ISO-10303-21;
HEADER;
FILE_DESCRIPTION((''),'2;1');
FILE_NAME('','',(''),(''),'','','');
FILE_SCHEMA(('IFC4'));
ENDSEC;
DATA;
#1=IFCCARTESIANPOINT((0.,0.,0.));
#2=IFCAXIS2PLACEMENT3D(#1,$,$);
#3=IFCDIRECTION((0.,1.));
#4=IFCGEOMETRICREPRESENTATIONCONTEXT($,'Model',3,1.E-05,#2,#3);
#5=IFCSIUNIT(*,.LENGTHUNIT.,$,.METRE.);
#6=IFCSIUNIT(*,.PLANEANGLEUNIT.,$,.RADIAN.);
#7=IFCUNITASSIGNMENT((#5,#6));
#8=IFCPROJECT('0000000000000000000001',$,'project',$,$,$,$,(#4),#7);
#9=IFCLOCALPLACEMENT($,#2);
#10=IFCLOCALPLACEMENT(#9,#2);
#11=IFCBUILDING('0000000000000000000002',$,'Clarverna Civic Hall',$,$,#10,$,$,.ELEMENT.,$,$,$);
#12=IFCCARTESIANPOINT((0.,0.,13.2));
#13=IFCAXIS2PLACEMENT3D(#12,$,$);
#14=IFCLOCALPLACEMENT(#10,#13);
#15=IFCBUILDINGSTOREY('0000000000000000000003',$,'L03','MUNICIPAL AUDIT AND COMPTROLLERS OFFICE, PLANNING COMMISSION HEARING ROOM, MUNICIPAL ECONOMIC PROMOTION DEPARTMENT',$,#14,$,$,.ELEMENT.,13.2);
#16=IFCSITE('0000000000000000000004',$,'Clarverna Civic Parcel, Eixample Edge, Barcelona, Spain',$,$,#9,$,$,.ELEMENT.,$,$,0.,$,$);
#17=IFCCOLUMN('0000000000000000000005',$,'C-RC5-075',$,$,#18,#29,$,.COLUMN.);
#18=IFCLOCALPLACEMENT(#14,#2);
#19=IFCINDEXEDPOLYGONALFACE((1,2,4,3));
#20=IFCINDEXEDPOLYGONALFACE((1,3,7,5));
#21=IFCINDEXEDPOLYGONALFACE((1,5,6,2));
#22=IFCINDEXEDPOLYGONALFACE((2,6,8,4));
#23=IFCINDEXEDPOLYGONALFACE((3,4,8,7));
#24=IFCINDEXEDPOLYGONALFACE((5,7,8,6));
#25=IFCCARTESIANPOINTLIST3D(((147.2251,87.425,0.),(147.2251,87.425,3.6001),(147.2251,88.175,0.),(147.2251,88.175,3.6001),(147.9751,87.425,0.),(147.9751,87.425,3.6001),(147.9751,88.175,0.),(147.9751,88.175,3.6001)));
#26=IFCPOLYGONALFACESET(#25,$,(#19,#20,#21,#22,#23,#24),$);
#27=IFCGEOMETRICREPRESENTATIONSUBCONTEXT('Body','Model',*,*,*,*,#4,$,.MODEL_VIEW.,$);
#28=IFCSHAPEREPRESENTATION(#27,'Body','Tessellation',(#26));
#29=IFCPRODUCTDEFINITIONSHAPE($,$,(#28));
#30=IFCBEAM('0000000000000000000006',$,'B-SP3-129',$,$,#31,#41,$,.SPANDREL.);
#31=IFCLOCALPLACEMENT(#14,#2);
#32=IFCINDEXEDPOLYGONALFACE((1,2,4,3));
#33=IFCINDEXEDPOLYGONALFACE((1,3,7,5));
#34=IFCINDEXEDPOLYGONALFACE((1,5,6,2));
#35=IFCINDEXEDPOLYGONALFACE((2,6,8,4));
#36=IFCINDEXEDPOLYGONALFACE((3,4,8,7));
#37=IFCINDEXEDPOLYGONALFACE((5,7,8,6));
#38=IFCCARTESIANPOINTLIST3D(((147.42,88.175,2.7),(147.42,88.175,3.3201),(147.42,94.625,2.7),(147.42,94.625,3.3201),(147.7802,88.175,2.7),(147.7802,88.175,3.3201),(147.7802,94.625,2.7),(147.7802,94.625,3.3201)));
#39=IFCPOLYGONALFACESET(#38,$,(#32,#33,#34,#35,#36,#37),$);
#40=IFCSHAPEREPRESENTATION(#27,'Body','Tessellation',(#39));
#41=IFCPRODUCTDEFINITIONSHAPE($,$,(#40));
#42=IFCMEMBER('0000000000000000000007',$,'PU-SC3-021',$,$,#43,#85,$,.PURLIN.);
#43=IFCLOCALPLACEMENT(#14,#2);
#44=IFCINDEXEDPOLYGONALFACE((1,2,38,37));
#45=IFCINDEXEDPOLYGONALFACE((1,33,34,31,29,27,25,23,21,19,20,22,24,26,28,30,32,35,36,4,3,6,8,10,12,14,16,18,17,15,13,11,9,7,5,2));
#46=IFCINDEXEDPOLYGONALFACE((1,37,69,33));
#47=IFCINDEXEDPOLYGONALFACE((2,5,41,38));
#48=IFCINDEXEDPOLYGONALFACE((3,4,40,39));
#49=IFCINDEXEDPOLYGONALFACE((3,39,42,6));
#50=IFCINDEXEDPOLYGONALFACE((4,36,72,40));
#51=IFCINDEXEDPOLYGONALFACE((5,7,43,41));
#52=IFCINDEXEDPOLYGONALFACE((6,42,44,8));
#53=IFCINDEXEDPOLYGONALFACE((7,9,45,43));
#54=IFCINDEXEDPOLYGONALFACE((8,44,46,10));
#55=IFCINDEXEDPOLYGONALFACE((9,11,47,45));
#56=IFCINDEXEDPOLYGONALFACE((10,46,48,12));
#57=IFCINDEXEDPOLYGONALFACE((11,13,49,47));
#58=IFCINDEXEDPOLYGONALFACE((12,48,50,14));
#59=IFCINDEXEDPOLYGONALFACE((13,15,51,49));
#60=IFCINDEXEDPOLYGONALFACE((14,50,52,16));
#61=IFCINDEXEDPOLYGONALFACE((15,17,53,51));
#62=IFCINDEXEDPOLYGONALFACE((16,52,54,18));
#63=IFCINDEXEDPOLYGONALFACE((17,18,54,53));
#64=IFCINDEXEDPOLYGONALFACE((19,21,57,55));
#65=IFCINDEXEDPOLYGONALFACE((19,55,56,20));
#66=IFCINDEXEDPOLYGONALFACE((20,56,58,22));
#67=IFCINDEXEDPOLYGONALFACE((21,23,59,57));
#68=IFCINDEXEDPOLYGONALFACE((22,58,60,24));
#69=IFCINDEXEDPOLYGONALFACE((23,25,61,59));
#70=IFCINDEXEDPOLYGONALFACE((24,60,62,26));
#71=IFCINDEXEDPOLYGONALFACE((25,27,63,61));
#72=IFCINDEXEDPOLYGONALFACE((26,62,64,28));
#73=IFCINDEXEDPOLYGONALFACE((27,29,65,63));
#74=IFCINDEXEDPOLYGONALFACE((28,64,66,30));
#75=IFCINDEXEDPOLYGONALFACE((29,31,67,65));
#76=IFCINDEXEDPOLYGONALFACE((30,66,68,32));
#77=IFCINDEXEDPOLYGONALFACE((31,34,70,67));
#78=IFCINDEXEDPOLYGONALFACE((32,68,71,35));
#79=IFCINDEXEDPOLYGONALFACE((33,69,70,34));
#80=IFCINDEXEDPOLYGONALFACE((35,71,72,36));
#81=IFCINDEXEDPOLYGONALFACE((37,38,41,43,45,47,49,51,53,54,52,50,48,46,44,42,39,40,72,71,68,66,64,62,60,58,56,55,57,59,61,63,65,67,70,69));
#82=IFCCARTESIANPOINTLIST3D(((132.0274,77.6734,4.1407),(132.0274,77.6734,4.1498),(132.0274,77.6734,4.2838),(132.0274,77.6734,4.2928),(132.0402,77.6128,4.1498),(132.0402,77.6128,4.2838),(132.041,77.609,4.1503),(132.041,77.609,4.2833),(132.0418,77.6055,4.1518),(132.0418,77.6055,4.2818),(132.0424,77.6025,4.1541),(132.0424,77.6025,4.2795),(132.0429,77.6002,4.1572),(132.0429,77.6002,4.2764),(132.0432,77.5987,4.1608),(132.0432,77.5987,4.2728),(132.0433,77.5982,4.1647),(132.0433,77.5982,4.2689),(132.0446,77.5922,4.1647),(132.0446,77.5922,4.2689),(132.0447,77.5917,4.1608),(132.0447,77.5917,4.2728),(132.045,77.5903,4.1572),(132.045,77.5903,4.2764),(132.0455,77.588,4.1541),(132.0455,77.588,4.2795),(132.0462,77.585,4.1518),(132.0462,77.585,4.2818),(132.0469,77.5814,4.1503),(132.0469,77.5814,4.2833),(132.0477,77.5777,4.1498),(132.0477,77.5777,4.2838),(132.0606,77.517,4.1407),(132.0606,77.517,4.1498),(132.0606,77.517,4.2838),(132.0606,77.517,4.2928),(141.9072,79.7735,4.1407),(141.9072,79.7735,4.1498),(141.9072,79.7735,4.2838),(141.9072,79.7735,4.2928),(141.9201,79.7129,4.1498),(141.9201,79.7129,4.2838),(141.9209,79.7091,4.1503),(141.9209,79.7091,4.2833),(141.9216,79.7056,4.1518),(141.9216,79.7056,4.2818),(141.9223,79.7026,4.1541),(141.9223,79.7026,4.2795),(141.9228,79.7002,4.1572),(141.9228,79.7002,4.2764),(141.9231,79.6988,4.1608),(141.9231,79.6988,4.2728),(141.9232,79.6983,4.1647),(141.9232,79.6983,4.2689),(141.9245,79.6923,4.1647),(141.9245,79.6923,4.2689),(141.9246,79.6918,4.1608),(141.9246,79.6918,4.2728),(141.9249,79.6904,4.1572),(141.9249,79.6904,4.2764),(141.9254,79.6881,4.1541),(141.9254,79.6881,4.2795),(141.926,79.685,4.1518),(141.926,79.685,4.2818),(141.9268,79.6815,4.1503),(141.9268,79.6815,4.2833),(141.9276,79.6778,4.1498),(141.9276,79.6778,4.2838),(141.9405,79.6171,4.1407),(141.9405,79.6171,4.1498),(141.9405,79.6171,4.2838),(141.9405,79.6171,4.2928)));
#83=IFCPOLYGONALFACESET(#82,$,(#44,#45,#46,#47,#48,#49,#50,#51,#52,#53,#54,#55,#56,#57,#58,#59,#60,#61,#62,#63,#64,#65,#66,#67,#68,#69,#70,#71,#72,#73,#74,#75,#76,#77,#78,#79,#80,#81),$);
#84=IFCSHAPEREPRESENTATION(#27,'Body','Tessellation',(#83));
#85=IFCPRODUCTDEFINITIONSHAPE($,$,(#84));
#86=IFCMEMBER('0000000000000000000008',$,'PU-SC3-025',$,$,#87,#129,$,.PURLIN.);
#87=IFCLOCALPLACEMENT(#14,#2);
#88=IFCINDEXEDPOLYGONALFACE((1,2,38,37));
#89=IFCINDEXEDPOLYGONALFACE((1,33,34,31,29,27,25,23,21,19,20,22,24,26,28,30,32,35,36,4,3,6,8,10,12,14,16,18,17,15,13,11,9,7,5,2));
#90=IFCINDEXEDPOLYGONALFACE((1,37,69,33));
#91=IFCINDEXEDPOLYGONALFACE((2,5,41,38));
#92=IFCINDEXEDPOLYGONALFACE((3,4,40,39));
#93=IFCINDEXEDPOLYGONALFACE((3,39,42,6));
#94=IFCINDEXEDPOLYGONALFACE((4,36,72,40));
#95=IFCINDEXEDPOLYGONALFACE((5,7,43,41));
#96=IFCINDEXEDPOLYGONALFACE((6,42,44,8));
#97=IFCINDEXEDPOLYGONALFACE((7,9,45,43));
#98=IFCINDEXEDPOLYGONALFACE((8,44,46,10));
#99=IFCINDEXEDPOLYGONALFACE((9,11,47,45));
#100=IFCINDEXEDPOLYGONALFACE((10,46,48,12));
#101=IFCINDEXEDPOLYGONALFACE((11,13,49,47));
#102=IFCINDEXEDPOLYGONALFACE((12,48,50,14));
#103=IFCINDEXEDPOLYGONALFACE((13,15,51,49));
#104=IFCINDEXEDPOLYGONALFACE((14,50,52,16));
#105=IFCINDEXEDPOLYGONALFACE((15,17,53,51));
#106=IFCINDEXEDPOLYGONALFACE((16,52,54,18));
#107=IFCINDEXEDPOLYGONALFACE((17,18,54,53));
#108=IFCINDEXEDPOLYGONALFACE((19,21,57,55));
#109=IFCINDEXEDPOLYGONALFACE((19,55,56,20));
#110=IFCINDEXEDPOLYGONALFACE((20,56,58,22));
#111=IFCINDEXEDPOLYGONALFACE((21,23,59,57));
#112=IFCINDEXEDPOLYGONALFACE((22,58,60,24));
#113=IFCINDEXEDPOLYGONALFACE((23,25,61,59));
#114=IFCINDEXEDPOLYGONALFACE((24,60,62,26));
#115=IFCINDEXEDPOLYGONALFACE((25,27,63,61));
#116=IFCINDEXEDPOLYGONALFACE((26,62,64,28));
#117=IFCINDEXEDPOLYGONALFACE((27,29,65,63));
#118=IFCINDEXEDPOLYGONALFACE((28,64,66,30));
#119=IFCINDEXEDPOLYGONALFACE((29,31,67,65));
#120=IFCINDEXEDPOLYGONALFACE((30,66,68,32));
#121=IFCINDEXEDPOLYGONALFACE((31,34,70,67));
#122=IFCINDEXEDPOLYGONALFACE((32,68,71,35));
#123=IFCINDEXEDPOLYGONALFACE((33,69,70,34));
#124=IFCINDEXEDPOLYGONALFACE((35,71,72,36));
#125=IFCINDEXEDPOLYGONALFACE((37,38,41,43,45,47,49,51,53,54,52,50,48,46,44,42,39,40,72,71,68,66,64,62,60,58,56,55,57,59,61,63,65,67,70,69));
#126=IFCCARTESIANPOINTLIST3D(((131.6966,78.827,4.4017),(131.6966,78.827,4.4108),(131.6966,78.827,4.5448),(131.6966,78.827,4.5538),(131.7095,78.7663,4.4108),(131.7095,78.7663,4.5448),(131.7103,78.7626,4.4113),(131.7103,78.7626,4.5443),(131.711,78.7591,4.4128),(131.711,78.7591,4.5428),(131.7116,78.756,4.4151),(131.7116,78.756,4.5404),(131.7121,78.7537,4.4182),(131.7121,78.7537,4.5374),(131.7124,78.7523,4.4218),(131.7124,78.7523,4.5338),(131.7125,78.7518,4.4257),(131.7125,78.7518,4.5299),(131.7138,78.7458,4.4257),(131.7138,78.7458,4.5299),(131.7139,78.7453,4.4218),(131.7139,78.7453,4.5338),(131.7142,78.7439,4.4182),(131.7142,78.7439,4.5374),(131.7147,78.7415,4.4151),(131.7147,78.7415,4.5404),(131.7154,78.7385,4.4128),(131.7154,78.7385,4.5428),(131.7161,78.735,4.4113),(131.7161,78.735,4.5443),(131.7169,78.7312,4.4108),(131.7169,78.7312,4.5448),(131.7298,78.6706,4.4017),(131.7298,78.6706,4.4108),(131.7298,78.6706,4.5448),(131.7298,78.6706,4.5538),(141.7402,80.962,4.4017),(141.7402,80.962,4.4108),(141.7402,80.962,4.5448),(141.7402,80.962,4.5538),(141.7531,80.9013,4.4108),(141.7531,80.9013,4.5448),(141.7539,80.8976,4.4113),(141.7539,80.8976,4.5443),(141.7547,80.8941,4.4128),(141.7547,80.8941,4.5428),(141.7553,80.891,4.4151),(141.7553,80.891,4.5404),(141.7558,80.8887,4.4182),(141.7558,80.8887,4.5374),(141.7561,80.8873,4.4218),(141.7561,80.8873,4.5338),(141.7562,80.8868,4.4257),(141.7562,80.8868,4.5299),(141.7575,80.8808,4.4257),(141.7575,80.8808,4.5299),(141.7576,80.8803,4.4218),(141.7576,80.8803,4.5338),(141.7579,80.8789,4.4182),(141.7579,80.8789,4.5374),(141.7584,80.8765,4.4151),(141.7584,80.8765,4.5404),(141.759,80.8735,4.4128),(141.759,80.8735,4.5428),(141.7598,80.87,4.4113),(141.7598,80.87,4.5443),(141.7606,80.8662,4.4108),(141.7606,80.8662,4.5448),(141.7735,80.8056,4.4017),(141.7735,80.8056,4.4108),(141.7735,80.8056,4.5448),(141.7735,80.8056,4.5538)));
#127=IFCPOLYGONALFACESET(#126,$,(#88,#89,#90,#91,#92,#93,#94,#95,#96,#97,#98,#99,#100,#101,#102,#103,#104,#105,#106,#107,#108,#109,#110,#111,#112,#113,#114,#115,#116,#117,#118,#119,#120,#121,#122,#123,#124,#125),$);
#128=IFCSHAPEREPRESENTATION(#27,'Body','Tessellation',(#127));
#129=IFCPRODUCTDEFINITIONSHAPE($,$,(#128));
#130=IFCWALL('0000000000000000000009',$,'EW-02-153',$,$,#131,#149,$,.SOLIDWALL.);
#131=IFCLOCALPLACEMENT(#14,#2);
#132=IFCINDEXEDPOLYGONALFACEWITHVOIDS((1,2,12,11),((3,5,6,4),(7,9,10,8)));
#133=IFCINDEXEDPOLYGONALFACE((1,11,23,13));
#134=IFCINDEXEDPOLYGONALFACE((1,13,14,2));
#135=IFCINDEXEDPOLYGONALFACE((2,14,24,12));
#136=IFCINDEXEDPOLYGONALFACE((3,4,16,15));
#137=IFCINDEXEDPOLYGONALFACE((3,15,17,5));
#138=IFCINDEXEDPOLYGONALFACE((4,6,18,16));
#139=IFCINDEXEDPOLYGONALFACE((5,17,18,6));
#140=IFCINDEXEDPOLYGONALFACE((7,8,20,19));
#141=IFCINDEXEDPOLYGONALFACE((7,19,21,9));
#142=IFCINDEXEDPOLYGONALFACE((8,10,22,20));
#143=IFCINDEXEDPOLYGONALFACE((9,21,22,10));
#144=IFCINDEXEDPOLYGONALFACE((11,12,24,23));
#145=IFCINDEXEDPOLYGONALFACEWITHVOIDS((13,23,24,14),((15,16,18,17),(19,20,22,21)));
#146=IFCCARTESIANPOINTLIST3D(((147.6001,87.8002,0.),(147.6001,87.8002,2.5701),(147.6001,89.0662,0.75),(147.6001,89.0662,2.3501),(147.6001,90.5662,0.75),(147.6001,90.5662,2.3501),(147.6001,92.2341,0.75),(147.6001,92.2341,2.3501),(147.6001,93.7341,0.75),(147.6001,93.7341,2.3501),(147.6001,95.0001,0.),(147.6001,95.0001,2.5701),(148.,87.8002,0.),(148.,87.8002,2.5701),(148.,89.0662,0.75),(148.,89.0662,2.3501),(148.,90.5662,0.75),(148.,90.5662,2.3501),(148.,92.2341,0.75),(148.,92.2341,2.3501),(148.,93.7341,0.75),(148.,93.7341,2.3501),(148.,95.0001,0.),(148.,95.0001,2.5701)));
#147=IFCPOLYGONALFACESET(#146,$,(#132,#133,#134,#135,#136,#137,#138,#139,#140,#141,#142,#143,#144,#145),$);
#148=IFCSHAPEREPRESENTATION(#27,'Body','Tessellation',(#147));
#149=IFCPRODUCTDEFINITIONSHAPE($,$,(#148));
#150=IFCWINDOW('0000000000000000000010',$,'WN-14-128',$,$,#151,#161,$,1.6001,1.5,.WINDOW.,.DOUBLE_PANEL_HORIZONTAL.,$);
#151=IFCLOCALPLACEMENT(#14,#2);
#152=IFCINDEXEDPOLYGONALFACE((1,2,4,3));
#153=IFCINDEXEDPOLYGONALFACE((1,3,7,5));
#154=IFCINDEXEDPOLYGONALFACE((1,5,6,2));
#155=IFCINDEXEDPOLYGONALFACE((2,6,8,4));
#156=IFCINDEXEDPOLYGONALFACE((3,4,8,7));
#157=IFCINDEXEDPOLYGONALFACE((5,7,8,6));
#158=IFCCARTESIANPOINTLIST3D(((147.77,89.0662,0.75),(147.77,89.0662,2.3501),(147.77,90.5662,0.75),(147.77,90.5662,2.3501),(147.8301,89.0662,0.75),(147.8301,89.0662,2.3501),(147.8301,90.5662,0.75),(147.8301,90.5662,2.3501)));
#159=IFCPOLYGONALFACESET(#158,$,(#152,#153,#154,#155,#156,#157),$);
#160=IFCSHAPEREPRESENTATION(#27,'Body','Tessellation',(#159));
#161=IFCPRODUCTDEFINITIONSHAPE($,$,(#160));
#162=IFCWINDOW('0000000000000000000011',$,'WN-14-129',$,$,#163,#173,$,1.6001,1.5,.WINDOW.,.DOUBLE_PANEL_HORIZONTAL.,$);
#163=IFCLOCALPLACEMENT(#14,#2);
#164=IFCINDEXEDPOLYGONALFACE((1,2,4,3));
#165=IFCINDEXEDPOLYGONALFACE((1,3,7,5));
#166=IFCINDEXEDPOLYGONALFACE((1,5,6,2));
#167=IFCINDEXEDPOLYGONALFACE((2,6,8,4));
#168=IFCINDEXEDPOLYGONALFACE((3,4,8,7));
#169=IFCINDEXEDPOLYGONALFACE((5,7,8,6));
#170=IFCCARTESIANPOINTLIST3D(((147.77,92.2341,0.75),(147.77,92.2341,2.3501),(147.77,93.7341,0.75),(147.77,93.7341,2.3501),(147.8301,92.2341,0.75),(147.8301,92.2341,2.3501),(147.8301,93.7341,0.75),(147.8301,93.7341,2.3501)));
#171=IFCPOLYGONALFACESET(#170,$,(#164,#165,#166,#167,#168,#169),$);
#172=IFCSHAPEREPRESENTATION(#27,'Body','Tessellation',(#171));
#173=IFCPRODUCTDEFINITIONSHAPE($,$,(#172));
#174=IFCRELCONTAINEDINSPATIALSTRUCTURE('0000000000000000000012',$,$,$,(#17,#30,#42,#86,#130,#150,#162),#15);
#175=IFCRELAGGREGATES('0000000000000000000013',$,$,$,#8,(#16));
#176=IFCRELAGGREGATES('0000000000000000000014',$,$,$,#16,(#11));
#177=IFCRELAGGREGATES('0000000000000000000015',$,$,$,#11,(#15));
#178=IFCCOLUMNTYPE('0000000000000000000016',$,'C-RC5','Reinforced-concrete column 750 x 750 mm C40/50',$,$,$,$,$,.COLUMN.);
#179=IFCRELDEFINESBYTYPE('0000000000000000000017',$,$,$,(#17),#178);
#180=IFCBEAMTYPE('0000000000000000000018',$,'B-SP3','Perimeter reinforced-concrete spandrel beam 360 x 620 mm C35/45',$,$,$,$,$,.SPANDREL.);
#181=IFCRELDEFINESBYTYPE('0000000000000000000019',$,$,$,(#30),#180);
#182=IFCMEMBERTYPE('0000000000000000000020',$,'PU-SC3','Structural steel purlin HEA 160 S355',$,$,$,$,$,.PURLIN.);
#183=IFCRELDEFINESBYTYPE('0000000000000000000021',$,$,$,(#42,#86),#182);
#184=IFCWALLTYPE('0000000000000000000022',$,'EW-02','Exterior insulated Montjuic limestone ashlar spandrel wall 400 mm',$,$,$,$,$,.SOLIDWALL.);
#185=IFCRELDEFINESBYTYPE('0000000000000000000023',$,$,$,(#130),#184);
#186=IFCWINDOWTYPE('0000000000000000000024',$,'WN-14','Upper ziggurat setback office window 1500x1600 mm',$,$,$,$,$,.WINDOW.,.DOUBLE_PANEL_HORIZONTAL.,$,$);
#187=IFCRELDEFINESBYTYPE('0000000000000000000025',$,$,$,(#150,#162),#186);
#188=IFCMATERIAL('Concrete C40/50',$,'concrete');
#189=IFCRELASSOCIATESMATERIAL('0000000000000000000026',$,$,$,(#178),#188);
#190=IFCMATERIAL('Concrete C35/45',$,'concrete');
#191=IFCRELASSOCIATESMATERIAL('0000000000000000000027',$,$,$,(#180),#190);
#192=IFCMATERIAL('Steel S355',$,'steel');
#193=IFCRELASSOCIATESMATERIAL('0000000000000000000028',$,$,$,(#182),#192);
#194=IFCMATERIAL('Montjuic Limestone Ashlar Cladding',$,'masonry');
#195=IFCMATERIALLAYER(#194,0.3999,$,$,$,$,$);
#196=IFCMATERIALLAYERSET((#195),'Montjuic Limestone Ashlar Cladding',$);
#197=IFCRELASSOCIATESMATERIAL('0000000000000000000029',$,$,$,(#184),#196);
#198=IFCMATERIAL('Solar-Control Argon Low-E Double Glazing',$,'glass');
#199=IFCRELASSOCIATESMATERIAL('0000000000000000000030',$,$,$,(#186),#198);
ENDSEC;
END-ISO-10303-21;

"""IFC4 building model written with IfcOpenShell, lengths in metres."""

from ifc_helpers import new_model, si_unit, direction, frame, frame_2d, origin, origin_2d, place, context, subcontext, project, spatial, rectangle, i_section, extrude, material, layer, layer_set, material_profile, profile_set, type_object, element, fill, save


model = new_model("IFC4")

# Units and contexts
model_context = context("Model", 3, precision=1e-05, world=origin(), true_north=direction((0.0, 1.0)))
body_context = subcontext(model_context, "Body", "Model", "MODEL_VIEW")
ifc_project = project(units=[si_unit("LENGTHUNIT", "METRE"), si_unit("PLANEANGLEUNIT", "RADIAN")], contexts=[model_context])

# Site, building, storey
site_placement = place(None, origin())
site = spatial("IfcSite", under=ifc_project, at=site_placement, Name="Clarverna Civic Parcel, Eixample Edge, Barcelona, Spain", CompositionType="ELEMENT", RefElevation=0.0)
building_placement = place(site_placement, origin())
building = spatial("IfcBuilding", under=site, at=building_placement, Name="Clarverna Civic Hall", CompositionType="ELEMENT")
storey_placement = place(building_placement, frame((0.0, 0.0, 13.2)))
storey = spatial("IfcBuildingStorey", under=building, at=storey_placement, Name="L03", Description="MUNICIPAL AUDIT AND COMPTROLLERS OFFICE, PLANNING COMMISSION HEARING ROOM, MUNICIPAL ECONOMIC PROMOTION DEPARTMENT", CompositionType="ELEMENT", Elevation=13.2)

# Column
ifc_material_1 = material(Name="Concrete C40/50", Category="concrete")
ifc_material_profile_1 = material_profile(ifc_material_1, rectangle(XDim=0.75, YDim=0.75, at=origin_2d()), Name="RC 750x750")
ifc_profile_set_1 = profile_set([ifc_material_profile_1], Name="Concrete C40/50")
column_type = type_object("IfcColumnType", Name="C-RC5", Description="Reinforced-concrete column 750 x 750 mm C40/50", PredefinedType="COLUMN", material=ifc_profile_set_1)
column_placement = place(storey_placement, frame((147.6001, 87.8, 0.0), z_axis=(0.0, 0.0, 1.0), x_axis=(1.0, 0.0, 0.0)))
element("IfcColumn", 1, at=column_placement, inside=storey, type_object=column_type, Name="C-RC5-075", PredefinedType="COLUMN", context=body_context, shape_type="SweptSolid", body=[
    extrude(rectangle(XDim=0.75, YDim=0.75, at=origin_2d()), origin(), (0.0, 0.0, 1.0), 3.6001),
])

# Beam
ifc_material_2 = material(Name="Concrete C35/45", Category="concrete")
ifc_material_profile_2 = material_profile(ifc_material_2, rectangle(XDim=0.3601, YDim=0.6201, at=origin_2d()), Name="RC 360x620")
ifc_profile_set_2 = profile_set([ifc_material_profile_2], Name="Concrete C35/45")
beam_type = type_object("IfcBeamType", Name="B-SP3", Description="Perimeter reinforced-concrete spandrel beam 360 x 620 mm C35/45", PredefinedType="SPANDREL", material=ifc_profile_set_2)
beam_placement = place(storey_placement, frame((147.6001, 88.175, 3.01), z_axis=(0.0, 1.0, 0.0), x_axis=(-1.0, 0.0, 0.0)))
element("IfcBeam", 2, at=beam_placement, inside=storey, type_object=beam_type, Name="B-SP3-129", PredefinedType="SPANDREL", context=body_context, shape_type="SweptSolid", body=[
    extrude(rectangle(XDim=0.3601, YDim=0.6201, at=origin_2d()), origin(), (0.0, 0.0, 1.0), 6.45),
])

# Members
ifc_material_3 = material(Name="Steel S355", Category="steel")
ifc_material_profile_3 = material_profile(ifc_material_3, i_section(OverallWidth=0.1599, OverallDepth=0.1521, WebThickness=0.0061, FlangeThickness=0.009, FilletRadius=0.0149, at=origin_2d()), Name="HEA 160")
ifc_profile_set_3 = profile_set([ifc_material_profile_3], Name="Steel S355")
member_type = type_object("IfcMemberType", Name="PU-SC3", Description="Structural steel purlin HEA 160 S355", PredefinedType="PURLIN", material=ifc_profile_set_3)
member_1_placement = place(storey_placement, frame((141.9238, 79.6953, 4.2168), z_axis=(-0.978146, -0.207918, 0.0), x_axis=(0.207918, -0.978146, 0.0)))
element("IfcMember", 3, at=member_1_placement, inside=storey, type_object=member_type, Name="PU-SC3-021", PredefinedType="PURLIN", context=body_context, shape_type="SweptSolid", body=[
    extrude(i_section(OverallWidth=0.1599, OverallDepth=0.1521, WebThickness=0.0061, FlangeThickness=0.009, FilletRadius=0.0149, at=origin_2d()), origin(), (0.0, 0.0, 1.0), 10.1006),
])
member_2_placement = place(storey_placement, frame((141.7568, 80.8838, 4.4778), z_axis=(-0.978145, -0.207926, 0.0), x_axis=(0.207926, -0.978145, 0.0)))
element("IfcMember", 4, at=member_2_placement, inside=storey, type_object=member_type, Name="PU-SC3-025", PredefinedType="PURLIN", context=body_context, shape_type="SweptSolid", body=[
    extrude(i_section(OverallWidth=0.1599, OverallDepth=0.1521, WebThickness=0.0061, FlangeThickness=0.009, FilletRadius=0.0149, at=origin_2d()), origin(), (0.0, 0.0, 1.0), 10.2681),
])

# Wall, openings, windows
ifc_material_4 = material(Name="Montjuic Limestone Ashlar Cladding", Category="masonry")
ifc_layer_1 = layer(ifc_material_4, 0.3999)
ifc_layer_set_1 = layer_set([ifc_layer_1], Name="Montjuic Limestone Ashlar Cladding")
wall_type = type_object("IfcWallType", Name="EW-02", Description="Exterior insulated Montjuic limestone ashlar spandrel wall 400 mm", PredefinedType="SOLIDWALL", material=ifc_layer_set_1)
wall_placement = place(storey_placement, frame((147.8, 87.8, 0.0), z_axis=(0.0, 0.0, 1.0), x_axis=(0.0, 1.0, 0.0)))
wall = element("IfcWall", 5, at=wall_placement, inside=storey, type_object=wall_type, Name="EW-02-153", PredefinedType="SOLIDWALL", context=body_context, shape_type="SweptSolid", body=[
    extrude(rectangle(XDim=7.2, YDim=0.3999, at=frame_2d((3.6001, 0.0))), origin(), (0.0, 0.0, 1.0), 2.5701),
])
opening_1_placement = place(wall_placement, frame((1.2661, 0.0, 0.75)))
opening_1 = element("IfcOpeningElement", 6, at=opening_1_placement, cuts=wall, PredefinedType="OPENING", context=body_context, shape_type="SweptSolid", body=[
    extrude(rectangle(XDim=1.5, YDim=1.6001, at=frame_2d((0.75, 0.8))), frame((0.0, 0.21, 0.0), z_axis=(0.0, -1.0, 0.0), x_axis=(1.0, 0.0, 0.0)), (0.0, 0.0, 1.0), 0.4199),
])
opening_2_placement = place(wall_placement, frame((4.4341, 0.0, 0.75)))
opening_2 = element("IfcOpeningElement", 7, at=opening_2_placement, cuts=wall, PredefinedType="OPENING", context=body_context, shape_type="SweptSolid", body=[
    extrude(rectangle(XDim=1.5, YDim=1.6001, at=frame_2d((0.75, 0.8))), frame((0.0, 0.21, 0.0), z_axis=(0.0, -1.0, 0.0), x_axis=(1.0, 0.0, 0.0)), (0.0, 0.0, 1.0), 0.4199),
])
ifc_material_5 = material(Name="Solar-Control Argon Low-E Double Glazing", Category="glass")
window_type = type_object("IfcWindowType", Name="WN-14", Description="Upper ziggurat setback office window 1500x1600 mm", PartitioningType="DOUBLE_PANEL_HORIZONTAL", PredefinedType="WINDOW", material=ifc_material_5)
window_1_placement = place(opening_1_placement, origin())
window_1 = element("IfcWindow", 8, at=window_1_placement, inside=storey, type_object=window_type, Name="WN-14-128", OverallHeight=1.6001, OverallWidth=1.5, PartitioningType="DOUBLE_PANEL_HORIZONTAL", PredefinedType="WINDOW", context=body_context, shape_type="SweptSolid", body=[
    extrude(rectangle(XDim=1.5, YDim=1.6001, at=frame_2d((0.75, 0.8))), frame((0.0, 0.03, 0.0), z_axis=(0.0, -1.0, 0.0), x_axis=(1.0, 0.0, 0.0)), (0.0, 0.0, 1.0), 0.0601),
])
fill(opening_1, window_1)
window_2_placement = place(opening_2_placement, origin())
window_2 = element("IfcWindow", 9, at=window_2_placement, inside=storey, type_object=window_type, Name="WN-14-129", OverallHeight=1.6001, OverallWidth=1.5, PartitioningType="DOUBLE_PANEL_HORIZONTAL", PredefinedType="WINDOW", context=body_context, shape_type="SweptSolid", body=[
    extrude(rectangle(XDim=1.5, YDim=1.6001, at=frame_2d((0.75, 0.8))), frame((0.0, 0.03, 0.0), z_axis=(0.0, -1.0, 0.0), x_axis=(1.0, 0.0, 0.0)), (0.0, 0.0, 1.0), 0.0601),
])
fill(opening_2, window_2)

save(model, "model.ifc")
